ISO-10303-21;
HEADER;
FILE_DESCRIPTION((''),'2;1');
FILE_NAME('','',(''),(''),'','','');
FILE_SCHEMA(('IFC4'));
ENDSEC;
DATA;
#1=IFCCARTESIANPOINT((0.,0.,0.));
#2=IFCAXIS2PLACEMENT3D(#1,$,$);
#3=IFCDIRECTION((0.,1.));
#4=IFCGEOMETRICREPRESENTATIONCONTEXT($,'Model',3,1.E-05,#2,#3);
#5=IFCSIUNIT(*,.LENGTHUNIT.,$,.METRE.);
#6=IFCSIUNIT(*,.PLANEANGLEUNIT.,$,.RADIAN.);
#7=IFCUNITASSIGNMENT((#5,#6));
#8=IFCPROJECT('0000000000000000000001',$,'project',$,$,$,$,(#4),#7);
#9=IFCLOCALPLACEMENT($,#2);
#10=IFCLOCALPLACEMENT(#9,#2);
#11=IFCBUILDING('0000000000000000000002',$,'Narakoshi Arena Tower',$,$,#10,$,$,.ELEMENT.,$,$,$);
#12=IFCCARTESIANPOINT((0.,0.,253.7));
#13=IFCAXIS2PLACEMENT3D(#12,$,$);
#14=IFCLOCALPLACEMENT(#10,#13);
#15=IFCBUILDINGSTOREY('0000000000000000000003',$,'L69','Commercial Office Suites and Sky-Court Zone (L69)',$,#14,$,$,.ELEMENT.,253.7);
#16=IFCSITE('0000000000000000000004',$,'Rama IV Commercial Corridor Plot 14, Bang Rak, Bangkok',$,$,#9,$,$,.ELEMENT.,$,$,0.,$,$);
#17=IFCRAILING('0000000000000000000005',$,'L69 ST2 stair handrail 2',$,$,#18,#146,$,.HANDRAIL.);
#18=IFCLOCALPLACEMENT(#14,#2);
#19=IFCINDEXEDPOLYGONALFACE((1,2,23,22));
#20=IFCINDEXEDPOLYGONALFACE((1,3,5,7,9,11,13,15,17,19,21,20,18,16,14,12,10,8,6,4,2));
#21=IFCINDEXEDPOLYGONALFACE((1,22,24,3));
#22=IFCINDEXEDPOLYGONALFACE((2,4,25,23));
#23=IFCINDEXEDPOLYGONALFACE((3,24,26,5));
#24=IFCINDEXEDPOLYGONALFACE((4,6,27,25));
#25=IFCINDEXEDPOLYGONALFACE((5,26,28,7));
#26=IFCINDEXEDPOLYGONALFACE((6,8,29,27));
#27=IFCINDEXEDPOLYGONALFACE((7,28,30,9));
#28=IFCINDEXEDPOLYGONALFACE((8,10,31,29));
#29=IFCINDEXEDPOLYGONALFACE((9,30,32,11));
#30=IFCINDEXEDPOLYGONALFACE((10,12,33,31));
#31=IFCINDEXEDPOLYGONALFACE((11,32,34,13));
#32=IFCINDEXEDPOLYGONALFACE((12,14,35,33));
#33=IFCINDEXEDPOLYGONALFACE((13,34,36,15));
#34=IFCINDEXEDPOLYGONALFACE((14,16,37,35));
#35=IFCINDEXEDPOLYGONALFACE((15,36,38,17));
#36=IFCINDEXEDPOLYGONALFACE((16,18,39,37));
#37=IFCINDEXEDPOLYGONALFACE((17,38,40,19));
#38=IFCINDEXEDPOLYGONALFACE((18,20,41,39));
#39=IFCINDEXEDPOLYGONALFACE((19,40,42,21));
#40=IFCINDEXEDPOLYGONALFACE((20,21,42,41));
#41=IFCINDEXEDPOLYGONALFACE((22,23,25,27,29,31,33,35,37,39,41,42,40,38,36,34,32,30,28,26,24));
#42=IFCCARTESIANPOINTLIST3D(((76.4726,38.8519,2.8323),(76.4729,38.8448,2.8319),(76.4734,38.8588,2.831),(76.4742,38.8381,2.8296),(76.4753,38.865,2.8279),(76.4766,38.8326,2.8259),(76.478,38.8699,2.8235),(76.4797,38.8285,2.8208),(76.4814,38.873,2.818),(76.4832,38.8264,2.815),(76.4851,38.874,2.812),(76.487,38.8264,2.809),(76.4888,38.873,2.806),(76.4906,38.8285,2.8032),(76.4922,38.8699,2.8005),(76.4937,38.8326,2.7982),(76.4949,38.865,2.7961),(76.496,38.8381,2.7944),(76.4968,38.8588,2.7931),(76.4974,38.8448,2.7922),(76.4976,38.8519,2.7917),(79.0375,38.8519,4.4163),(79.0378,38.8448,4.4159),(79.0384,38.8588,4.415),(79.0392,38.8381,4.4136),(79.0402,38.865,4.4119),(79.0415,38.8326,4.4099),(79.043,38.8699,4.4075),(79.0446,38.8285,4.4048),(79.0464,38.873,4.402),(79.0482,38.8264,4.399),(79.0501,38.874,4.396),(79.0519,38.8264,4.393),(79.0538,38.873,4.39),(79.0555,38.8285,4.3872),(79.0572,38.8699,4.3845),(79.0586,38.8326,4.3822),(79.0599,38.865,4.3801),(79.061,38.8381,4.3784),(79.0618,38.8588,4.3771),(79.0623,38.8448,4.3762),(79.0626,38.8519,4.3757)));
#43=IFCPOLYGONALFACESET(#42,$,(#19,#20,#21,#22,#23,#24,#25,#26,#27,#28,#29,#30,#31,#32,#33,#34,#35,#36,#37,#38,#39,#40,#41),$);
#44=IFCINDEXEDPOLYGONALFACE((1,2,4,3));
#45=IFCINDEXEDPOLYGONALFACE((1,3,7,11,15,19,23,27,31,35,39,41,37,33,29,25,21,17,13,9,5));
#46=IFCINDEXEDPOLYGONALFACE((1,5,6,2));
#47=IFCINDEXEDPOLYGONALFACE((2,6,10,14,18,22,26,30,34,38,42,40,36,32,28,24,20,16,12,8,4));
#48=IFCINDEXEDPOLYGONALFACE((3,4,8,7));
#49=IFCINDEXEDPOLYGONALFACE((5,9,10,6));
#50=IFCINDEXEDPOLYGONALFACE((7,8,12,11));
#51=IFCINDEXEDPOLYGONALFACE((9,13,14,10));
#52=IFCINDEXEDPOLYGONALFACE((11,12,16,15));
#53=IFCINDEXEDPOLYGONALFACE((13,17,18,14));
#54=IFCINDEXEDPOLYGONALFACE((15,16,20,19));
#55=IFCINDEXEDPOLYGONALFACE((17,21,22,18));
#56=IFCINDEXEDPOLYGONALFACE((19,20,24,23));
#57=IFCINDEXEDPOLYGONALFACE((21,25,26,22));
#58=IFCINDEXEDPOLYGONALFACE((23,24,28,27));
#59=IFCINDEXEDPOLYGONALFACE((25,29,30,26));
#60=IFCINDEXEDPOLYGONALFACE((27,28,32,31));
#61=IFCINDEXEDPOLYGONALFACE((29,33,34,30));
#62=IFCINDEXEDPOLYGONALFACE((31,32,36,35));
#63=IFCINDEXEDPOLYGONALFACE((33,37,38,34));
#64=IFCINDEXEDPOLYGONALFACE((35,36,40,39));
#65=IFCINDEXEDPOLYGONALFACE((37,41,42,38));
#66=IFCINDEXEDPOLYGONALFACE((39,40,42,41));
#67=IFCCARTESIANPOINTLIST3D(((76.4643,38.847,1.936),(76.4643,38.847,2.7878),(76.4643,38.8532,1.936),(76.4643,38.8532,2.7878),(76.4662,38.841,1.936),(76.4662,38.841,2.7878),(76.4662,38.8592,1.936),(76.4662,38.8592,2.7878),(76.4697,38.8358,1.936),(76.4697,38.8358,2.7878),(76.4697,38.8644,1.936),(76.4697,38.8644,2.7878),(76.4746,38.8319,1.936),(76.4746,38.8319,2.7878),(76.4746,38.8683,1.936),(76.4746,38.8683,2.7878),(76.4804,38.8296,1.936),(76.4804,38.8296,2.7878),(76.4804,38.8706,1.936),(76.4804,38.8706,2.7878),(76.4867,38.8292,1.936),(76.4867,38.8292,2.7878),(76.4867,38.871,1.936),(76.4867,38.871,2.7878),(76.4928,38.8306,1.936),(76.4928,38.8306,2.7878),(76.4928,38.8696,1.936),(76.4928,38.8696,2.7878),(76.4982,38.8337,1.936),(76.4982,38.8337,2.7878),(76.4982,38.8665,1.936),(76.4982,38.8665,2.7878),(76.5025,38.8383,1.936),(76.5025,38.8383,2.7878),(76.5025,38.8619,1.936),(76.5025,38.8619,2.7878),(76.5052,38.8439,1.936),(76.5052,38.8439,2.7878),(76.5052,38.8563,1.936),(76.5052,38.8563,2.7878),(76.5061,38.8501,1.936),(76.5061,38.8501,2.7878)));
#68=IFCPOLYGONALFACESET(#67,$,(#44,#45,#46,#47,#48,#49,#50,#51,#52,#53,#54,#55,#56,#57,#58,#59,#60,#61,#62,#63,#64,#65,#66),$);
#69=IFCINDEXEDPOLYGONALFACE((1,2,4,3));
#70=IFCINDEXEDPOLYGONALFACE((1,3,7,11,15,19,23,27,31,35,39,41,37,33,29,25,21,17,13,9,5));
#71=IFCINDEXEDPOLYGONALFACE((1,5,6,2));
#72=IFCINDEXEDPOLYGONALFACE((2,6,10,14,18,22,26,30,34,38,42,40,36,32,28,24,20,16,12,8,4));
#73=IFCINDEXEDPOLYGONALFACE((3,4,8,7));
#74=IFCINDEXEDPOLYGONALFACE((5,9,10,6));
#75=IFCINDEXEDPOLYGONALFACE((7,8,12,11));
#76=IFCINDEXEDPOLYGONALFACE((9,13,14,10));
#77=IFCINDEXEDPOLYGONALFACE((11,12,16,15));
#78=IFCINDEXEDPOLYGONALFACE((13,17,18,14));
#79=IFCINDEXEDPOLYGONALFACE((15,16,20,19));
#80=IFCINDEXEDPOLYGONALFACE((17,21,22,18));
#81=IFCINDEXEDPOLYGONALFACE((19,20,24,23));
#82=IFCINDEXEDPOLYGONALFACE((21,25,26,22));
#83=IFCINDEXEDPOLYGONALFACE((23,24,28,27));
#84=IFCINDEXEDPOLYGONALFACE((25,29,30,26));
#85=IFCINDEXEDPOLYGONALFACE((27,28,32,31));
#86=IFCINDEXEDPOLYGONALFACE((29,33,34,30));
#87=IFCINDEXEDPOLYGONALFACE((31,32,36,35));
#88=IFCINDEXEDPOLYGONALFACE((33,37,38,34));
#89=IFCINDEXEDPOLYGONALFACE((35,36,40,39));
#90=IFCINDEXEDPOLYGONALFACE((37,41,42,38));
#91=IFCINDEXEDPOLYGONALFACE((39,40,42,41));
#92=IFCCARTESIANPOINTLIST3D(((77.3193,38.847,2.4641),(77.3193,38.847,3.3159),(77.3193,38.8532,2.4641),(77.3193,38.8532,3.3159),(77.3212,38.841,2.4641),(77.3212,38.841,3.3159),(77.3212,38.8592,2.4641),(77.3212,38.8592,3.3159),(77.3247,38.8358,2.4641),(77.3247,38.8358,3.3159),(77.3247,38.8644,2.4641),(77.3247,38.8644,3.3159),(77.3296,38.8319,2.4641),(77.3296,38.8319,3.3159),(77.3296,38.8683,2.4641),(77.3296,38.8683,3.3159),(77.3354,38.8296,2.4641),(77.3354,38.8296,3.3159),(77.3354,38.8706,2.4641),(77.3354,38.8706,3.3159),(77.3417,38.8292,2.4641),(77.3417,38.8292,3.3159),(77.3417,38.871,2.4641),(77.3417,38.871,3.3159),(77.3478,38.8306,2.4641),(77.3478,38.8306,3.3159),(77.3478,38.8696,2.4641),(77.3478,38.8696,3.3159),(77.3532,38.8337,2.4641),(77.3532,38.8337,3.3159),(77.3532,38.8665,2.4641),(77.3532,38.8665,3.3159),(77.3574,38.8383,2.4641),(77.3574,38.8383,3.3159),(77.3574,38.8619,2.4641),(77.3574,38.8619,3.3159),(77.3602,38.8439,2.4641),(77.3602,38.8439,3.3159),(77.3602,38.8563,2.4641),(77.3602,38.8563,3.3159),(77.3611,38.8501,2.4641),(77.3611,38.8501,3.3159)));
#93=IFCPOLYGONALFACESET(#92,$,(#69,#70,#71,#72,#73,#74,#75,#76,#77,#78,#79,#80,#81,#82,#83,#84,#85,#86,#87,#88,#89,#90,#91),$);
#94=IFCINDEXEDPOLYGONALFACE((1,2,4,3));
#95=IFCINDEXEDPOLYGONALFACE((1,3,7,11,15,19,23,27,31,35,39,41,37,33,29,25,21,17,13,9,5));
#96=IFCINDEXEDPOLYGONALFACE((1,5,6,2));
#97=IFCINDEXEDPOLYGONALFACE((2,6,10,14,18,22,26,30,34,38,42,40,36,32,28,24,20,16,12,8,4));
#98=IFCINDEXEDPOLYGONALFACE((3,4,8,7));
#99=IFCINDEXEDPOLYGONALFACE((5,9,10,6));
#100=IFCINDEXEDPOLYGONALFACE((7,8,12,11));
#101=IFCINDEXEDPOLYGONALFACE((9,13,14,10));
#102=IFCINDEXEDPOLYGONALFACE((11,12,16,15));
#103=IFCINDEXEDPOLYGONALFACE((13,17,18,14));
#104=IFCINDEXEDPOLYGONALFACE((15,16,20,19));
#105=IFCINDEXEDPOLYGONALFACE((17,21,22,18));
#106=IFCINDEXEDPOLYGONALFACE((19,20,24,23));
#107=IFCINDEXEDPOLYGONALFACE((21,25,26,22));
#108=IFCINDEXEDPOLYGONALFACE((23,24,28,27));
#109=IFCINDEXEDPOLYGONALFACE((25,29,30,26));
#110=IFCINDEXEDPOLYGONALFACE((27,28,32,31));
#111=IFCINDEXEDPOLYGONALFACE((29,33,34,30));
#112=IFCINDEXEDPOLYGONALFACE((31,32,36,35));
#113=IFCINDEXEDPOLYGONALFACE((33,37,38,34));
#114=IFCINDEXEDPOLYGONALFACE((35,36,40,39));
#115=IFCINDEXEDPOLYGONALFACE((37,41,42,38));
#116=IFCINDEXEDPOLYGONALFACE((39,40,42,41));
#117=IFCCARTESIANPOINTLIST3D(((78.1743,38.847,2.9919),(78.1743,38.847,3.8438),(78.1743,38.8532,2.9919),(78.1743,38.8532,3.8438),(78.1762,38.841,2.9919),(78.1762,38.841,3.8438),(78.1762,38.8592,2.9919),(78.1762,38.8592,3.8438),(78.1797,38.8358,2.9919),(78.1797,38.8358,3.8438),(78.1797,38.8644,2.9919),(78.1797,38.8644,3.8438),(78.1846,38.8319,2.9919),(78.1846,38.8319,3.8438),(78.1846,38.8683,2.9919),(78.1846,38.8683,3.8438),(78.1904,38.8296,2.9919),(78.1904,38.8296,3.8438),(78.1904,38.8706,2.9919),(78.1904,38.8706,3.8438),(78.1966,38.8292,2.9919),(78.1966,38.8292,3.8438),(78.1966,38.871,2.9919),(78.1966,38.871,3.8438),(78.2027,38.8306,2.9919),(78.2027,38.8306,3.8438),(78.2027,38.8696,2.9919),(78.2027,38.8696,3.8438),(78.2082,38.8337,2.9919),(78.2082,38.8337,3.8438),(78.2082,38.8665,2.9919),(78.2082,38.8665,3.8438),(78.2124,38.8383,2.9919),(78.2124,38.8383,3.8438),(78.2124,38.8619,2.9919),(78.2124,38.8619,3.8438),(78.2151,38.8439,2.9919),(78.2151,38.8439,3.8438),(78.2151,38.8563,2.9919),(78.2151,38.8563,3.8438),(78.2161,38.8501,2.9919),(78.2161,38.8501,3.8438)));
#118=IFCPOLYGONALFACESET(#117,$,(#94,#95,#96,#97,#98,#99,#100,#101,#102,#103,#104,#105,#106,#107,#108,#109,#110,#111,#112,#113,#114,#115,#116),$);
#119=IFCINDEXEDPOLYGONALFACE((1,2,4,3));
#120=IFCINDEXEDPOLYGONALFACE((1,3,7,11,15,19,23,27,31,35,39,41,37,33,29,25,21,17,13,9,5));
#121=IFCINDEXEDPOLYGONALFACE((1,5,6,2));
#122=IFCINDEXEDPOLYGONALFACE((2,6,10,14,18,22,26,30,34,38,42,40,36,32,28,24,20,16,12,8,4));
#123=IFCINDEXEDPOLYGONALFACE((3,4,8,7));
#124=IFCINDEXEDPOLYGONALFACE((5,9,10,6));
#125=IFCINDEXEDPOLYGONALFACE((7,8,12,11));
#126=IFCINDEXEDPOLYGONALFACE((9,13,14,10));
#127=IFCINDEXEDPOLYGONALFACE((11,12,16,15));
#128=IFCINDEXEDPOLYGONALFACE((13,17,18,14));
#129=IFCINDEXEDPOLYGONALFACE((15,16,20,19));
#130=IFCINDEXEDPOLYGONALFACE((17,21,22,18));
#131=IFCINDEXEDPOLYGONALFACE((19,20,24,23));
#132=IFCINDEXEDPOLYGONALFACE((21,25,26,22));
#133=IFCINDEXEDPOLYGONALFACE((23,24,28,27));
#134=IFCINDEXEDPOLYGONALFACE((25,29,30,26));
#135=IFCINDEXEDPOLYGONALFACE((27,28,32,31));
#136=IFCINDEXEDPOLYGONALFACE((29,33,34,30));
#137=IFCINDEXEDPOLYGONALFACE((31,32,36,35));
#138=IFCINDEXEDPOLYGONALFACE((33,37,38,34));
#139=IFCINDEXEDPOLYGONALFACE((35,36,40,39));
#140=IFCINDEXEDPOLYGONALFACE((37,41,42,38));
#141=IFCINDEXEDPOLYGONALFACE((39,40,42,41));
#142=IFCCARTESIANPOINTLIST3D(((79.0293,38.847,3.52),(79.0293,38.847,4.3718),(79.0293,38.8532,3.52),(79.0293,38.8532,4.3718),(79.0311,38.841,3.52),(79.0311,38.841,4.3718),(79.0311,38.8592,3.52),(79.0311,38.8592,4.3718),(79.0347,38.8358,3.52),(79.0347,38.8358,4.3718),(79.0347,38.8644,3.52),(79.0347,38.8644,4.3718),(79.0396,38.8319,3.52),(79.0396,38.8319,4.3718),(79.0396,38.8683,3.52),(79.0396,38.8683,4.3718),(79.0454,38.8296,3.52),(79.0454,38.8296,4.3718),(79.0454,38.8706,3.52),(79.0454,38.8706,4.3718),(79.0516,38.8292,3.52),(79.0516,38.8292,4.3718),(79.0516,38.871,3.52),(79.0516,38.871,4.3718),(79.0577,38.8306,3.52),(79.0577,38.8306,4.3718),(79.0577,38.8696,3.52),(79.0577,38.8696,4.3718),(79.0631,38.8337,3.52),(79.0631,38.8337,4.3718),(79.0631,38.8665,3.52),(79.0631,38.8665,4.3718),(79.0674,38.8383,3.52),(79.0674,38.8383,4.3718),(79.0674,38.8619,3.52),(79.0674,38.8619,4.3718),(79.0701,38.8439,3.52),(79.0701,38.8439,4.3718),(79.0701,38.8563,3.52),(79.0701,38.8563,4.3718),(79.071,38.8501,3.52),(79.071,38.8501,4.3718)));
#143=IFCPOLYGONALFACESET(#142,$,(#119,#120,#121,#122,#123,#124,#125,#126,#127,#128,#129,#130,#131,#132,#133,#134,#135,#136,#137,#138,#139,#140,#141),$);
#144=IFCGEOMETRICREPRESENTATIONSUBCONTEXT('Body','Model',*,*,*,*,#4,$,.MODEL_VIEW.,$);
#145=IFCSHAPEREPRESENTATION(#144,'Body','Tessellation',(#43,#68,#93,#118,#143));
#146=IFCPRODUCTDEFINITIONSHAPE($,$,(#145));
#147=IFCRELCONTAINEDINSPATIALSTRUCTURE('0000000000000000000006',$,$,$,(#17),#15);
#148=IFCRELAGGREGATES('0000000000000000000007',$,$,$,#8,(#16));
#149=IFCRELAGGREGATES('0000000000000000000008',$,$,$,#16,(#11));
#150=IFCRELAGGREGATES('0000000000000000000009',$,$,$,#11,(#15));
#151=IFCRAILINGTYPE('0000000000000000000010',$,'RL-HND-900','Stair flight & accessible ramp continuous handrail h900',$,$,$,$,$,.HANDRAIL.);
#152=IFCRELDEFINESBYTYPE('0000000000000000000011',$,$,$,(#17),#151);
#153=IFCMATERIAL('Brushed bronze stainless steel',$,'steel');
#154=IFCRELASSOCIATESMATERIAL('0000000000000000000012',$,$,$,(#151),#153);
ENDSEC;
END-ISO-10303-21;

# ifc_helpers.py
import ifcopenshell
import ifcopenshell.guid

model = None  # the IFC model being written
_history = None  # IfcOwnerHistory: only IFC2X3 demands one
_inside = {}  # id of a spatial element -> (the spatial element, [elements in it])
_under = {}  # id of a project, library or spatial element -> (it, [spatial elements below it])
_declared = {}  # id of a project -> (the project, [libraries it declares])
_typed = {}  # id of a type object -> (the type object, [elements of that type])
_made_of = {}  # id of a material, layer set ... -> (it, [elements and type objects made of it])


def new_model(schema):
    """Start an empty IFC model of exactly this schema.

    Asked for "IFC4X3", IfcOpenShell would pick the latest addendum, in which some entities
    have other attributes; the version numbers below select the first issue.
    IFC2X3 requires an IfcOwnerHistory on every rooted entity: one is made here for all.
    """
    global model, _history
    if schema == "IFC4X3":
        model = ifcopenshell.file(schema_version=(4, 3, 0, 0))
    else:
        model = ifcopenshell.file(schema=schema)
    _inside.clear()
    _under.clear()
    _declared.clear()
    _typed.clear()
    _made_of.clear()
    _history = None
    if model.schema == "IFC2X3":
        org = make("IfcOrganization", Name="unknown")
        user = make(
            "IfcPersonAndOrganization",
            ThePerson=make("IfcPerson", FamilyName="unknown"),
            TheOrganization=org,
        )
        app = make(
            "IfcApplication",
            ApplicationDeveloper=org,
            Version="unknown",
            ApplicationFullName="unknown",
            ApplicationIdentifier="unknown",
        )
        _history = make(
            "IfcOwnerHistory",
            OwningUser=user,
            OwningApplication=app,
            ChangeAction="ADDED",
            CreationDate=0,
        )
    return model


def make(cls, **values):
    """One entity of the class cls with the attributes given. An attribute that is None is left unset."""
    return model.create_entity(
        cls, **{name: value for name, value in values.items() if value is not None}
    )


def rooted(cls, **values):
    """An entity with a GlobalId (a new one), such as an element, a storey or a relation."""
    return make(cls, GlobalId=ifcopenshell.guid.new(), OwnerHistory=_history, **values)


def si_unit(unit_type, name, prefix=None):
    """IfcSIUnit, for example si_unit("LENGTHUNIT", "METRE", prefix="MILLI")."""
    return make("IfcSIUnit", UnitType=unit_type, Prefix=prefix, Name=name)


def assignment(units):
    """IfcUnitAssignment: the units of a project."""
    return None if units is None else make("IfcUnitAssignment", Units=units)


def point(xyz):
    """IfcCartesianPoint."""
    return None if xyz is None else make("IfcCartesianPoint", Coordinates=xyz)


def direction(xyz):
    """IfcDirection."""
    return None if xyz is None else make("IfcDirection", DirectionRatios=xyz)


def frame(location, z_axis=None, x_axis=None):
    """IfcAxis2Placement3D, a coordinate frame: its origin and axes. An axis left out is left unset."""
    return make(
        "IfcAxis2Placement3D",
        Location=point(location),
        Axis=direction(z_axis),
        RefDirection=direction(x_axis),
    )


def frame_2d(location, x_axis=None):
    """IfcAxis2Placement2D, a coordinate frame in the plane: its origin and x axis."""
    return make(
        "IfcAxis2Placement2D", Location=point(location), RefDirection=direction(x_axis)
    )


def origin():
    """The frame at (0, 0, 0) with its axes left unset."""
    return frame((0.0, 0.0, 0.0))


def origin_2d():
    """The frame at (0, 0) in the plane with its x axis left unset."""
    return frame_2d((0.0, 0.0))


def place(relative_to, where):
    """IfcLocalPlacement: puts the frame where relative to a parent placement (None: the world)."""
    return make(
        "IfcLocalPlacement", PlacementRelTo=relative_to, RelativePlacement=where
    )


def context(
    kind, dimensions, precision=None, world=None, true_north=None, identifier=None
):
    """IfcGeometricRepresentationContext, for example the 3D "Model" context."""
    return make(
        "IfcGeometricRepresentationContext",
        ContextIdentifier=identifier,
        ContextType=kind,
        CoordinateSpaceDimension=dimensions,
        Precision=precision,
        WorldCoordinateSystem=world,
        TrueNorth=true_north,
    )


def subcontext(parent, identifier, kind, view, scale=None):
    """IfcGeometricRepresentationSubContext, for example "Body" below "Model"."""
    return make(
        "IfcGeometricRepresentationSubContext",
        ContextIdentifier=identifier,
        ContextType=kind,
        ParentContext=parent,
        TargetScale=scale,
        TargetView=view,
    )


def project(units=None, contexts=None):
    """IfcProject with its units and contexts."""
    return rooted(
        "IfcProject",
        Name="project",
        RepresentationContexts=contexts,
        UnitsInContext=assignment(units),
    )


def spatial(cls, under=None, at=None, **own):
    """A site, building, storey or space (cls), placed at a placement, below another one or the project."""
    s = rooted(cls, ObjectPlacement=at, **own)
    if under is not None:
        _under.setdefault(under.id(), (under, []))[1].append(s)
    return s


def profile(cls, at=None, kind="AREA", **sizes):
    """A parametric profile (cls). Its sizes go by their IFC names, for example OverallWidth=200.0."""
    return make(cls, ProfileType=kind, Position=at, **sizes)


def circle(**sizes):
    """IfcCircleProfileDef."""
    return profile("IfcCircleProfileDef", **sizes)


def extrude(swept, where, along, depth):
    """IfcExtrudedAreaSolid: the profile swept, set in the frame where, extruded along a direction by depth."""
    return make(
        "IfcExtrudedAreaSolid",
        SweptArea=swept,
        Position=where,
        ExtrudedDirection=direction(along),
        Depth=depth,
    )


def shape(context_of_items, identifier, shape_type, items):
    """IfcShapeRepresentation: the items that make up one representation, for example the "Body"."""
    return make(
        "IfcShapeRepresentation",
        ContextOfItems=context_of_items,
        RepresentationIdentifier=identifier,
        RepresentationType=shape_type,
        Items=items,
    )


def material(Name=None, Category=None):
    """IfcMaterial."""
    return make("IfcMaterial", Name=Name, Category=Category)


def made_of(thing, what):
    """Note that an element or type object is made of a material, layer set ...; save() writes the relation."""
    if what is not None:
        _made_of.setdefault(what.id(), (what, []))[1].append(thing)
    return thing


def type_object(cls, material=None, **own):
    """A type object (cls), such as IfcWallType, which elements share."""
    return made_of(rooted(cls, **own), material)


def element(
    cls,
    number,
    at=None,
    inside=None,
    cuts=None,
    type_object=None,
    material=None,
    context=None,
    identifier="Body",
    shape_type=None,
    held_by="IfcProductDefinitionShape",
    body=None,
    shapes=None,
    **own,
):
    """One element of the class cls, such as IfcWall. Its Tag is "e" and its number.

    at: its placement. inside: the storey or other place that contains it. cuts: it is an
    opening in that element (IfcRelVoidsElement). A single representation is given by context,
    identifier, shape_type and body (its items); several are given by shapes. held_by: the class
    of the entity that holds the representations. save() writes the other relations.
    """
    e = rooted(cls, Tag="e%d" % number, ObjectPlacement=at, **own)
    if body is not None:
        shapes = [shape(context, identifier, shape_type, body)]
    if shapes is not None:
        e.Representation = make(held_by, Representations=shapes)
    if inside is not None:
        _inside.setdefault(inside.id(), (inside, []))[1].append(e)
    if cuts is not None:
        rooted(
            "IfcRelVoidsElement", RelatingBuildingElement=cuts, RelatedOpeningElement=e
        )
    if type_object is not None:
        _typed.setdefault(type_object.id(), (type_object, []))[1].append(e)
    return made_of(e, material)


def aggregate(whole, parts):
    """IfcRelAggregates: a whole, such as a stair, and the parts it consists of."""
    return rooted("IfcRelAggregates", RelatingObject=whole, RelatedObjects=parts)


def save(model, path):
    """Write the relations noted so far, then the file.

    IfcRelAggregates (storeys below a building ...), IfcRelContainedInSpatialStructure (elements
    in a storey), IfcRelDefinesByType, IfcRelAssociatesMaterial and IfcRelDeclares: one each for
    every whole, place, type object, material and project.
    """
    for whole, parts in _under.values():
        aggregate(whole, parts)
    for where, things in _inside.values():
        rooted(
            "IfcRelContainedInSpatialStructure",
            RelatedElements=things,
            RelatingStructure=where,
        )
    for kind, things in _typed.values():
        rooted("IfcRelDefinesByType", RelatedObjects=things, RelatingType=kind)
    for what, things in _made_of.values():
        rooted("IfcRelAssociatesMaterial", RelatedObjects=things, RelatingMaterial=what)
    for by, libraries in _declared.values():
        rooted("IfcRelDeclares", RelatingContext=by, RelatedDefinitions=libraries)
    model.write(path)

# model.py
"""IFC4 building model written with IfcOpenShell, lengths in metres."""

from ifc_helpers import new_model, si_unit, direction, frame, origin, origin_2d, place, context, subcontext, project, spatial, circle, extrude, material, type_object, element, save


model = new_model("IFC4")

# Units and contexts
model_context = context("Model", 3, precision=1e-05, world=origin(), true_north=direction((0.0, 1.0)))
body_context = subcontext(model_context, "Body", "Model", "MODEL_VIEW")
ifc_project = project(units=[si_unit("LENGTHUNIT", "METRE"), si_unit("PLANEANGLEUNIT", "RADIAN")], contexts=[model_context])

# Site, building, storey
site_placement = place(None, origin())
site = spatial("IfcSite", under=ifc_project, at=site_placement, Name="Rama IV Commercial Corridor Plot 14, Bang Rak, Bangkok", CompositionType="ELEMENT", RefElevation=0.0)
building_placement = place(site_placement, origin())
building = spatial("IfcBuilding", under=site, at=building_placement, Name="Narakoshi Arena Tower", CompositionType="ELEMENT")
storey_placement = place(building_placement, frame((0.0, 0.0, 253.7)))
storey = spatial("IfcBuildingStorey", under=building, at=storey_placement, Name="L69", Description="Commercial Office Suites and Sky-Court Zone (L69)", CompositionType="ELEMENT", Elevation=253.7)

# Railing
ifc_material_1 = material(Name="Brushed bronze stainless steel", Category="steel")
railing_type_1 = type_object("IfcRailingType", Name="RL-HND-900", Description="Stair flight & accessible ramp continuous handrail h900", PredefinedType="HANDRAIL", material=ifc_material_1)
railing_1_placement = place(storey_placement, frame((76.4851, 38.8501, 1.936)))
element("IfcRailing", 1, at=railing_1_placement, inside=storey, type_object=railing_type_1, Name="L69 ST2 stair handrail 2", PredefinedType="HANDRAIL", context=body_context, shape_type="SweptSolid", body=[
    extrude(circle(Radius=0.0239, at=origin_2d()), frame((0.0, 0.0, 0.876), z_axis=(0.850834, 0.0, 0.525434), x_axis=(0.0, 1.0, 0.0)), (0.0, 0.0, 1.0), 3.0146),
    extrude(circle(Radius=0.021, at=origin_2d()), origin(), (0.0, 0.0, 1.0), 0.8518),
    extrude(circle(Radius=0.021, at=origin_2d()), frame((0.855, 0.0, 0.5281)), (0.0, 0.0, 1.0), 0.8518),
    extrude(circle(Radius=0.021, at=origin_2d()), frame((1.71, 0.0, 1.0559)), (0.0, 0.0, 1.0), 0.8518),
    extrude(circle(Radius=0.021, at=origin_2d()), frame((2.5649, 0.0, 1.584)), (0.0, 0.0, 1.0), 0.8518),
])

save(model, "model.ifc")
